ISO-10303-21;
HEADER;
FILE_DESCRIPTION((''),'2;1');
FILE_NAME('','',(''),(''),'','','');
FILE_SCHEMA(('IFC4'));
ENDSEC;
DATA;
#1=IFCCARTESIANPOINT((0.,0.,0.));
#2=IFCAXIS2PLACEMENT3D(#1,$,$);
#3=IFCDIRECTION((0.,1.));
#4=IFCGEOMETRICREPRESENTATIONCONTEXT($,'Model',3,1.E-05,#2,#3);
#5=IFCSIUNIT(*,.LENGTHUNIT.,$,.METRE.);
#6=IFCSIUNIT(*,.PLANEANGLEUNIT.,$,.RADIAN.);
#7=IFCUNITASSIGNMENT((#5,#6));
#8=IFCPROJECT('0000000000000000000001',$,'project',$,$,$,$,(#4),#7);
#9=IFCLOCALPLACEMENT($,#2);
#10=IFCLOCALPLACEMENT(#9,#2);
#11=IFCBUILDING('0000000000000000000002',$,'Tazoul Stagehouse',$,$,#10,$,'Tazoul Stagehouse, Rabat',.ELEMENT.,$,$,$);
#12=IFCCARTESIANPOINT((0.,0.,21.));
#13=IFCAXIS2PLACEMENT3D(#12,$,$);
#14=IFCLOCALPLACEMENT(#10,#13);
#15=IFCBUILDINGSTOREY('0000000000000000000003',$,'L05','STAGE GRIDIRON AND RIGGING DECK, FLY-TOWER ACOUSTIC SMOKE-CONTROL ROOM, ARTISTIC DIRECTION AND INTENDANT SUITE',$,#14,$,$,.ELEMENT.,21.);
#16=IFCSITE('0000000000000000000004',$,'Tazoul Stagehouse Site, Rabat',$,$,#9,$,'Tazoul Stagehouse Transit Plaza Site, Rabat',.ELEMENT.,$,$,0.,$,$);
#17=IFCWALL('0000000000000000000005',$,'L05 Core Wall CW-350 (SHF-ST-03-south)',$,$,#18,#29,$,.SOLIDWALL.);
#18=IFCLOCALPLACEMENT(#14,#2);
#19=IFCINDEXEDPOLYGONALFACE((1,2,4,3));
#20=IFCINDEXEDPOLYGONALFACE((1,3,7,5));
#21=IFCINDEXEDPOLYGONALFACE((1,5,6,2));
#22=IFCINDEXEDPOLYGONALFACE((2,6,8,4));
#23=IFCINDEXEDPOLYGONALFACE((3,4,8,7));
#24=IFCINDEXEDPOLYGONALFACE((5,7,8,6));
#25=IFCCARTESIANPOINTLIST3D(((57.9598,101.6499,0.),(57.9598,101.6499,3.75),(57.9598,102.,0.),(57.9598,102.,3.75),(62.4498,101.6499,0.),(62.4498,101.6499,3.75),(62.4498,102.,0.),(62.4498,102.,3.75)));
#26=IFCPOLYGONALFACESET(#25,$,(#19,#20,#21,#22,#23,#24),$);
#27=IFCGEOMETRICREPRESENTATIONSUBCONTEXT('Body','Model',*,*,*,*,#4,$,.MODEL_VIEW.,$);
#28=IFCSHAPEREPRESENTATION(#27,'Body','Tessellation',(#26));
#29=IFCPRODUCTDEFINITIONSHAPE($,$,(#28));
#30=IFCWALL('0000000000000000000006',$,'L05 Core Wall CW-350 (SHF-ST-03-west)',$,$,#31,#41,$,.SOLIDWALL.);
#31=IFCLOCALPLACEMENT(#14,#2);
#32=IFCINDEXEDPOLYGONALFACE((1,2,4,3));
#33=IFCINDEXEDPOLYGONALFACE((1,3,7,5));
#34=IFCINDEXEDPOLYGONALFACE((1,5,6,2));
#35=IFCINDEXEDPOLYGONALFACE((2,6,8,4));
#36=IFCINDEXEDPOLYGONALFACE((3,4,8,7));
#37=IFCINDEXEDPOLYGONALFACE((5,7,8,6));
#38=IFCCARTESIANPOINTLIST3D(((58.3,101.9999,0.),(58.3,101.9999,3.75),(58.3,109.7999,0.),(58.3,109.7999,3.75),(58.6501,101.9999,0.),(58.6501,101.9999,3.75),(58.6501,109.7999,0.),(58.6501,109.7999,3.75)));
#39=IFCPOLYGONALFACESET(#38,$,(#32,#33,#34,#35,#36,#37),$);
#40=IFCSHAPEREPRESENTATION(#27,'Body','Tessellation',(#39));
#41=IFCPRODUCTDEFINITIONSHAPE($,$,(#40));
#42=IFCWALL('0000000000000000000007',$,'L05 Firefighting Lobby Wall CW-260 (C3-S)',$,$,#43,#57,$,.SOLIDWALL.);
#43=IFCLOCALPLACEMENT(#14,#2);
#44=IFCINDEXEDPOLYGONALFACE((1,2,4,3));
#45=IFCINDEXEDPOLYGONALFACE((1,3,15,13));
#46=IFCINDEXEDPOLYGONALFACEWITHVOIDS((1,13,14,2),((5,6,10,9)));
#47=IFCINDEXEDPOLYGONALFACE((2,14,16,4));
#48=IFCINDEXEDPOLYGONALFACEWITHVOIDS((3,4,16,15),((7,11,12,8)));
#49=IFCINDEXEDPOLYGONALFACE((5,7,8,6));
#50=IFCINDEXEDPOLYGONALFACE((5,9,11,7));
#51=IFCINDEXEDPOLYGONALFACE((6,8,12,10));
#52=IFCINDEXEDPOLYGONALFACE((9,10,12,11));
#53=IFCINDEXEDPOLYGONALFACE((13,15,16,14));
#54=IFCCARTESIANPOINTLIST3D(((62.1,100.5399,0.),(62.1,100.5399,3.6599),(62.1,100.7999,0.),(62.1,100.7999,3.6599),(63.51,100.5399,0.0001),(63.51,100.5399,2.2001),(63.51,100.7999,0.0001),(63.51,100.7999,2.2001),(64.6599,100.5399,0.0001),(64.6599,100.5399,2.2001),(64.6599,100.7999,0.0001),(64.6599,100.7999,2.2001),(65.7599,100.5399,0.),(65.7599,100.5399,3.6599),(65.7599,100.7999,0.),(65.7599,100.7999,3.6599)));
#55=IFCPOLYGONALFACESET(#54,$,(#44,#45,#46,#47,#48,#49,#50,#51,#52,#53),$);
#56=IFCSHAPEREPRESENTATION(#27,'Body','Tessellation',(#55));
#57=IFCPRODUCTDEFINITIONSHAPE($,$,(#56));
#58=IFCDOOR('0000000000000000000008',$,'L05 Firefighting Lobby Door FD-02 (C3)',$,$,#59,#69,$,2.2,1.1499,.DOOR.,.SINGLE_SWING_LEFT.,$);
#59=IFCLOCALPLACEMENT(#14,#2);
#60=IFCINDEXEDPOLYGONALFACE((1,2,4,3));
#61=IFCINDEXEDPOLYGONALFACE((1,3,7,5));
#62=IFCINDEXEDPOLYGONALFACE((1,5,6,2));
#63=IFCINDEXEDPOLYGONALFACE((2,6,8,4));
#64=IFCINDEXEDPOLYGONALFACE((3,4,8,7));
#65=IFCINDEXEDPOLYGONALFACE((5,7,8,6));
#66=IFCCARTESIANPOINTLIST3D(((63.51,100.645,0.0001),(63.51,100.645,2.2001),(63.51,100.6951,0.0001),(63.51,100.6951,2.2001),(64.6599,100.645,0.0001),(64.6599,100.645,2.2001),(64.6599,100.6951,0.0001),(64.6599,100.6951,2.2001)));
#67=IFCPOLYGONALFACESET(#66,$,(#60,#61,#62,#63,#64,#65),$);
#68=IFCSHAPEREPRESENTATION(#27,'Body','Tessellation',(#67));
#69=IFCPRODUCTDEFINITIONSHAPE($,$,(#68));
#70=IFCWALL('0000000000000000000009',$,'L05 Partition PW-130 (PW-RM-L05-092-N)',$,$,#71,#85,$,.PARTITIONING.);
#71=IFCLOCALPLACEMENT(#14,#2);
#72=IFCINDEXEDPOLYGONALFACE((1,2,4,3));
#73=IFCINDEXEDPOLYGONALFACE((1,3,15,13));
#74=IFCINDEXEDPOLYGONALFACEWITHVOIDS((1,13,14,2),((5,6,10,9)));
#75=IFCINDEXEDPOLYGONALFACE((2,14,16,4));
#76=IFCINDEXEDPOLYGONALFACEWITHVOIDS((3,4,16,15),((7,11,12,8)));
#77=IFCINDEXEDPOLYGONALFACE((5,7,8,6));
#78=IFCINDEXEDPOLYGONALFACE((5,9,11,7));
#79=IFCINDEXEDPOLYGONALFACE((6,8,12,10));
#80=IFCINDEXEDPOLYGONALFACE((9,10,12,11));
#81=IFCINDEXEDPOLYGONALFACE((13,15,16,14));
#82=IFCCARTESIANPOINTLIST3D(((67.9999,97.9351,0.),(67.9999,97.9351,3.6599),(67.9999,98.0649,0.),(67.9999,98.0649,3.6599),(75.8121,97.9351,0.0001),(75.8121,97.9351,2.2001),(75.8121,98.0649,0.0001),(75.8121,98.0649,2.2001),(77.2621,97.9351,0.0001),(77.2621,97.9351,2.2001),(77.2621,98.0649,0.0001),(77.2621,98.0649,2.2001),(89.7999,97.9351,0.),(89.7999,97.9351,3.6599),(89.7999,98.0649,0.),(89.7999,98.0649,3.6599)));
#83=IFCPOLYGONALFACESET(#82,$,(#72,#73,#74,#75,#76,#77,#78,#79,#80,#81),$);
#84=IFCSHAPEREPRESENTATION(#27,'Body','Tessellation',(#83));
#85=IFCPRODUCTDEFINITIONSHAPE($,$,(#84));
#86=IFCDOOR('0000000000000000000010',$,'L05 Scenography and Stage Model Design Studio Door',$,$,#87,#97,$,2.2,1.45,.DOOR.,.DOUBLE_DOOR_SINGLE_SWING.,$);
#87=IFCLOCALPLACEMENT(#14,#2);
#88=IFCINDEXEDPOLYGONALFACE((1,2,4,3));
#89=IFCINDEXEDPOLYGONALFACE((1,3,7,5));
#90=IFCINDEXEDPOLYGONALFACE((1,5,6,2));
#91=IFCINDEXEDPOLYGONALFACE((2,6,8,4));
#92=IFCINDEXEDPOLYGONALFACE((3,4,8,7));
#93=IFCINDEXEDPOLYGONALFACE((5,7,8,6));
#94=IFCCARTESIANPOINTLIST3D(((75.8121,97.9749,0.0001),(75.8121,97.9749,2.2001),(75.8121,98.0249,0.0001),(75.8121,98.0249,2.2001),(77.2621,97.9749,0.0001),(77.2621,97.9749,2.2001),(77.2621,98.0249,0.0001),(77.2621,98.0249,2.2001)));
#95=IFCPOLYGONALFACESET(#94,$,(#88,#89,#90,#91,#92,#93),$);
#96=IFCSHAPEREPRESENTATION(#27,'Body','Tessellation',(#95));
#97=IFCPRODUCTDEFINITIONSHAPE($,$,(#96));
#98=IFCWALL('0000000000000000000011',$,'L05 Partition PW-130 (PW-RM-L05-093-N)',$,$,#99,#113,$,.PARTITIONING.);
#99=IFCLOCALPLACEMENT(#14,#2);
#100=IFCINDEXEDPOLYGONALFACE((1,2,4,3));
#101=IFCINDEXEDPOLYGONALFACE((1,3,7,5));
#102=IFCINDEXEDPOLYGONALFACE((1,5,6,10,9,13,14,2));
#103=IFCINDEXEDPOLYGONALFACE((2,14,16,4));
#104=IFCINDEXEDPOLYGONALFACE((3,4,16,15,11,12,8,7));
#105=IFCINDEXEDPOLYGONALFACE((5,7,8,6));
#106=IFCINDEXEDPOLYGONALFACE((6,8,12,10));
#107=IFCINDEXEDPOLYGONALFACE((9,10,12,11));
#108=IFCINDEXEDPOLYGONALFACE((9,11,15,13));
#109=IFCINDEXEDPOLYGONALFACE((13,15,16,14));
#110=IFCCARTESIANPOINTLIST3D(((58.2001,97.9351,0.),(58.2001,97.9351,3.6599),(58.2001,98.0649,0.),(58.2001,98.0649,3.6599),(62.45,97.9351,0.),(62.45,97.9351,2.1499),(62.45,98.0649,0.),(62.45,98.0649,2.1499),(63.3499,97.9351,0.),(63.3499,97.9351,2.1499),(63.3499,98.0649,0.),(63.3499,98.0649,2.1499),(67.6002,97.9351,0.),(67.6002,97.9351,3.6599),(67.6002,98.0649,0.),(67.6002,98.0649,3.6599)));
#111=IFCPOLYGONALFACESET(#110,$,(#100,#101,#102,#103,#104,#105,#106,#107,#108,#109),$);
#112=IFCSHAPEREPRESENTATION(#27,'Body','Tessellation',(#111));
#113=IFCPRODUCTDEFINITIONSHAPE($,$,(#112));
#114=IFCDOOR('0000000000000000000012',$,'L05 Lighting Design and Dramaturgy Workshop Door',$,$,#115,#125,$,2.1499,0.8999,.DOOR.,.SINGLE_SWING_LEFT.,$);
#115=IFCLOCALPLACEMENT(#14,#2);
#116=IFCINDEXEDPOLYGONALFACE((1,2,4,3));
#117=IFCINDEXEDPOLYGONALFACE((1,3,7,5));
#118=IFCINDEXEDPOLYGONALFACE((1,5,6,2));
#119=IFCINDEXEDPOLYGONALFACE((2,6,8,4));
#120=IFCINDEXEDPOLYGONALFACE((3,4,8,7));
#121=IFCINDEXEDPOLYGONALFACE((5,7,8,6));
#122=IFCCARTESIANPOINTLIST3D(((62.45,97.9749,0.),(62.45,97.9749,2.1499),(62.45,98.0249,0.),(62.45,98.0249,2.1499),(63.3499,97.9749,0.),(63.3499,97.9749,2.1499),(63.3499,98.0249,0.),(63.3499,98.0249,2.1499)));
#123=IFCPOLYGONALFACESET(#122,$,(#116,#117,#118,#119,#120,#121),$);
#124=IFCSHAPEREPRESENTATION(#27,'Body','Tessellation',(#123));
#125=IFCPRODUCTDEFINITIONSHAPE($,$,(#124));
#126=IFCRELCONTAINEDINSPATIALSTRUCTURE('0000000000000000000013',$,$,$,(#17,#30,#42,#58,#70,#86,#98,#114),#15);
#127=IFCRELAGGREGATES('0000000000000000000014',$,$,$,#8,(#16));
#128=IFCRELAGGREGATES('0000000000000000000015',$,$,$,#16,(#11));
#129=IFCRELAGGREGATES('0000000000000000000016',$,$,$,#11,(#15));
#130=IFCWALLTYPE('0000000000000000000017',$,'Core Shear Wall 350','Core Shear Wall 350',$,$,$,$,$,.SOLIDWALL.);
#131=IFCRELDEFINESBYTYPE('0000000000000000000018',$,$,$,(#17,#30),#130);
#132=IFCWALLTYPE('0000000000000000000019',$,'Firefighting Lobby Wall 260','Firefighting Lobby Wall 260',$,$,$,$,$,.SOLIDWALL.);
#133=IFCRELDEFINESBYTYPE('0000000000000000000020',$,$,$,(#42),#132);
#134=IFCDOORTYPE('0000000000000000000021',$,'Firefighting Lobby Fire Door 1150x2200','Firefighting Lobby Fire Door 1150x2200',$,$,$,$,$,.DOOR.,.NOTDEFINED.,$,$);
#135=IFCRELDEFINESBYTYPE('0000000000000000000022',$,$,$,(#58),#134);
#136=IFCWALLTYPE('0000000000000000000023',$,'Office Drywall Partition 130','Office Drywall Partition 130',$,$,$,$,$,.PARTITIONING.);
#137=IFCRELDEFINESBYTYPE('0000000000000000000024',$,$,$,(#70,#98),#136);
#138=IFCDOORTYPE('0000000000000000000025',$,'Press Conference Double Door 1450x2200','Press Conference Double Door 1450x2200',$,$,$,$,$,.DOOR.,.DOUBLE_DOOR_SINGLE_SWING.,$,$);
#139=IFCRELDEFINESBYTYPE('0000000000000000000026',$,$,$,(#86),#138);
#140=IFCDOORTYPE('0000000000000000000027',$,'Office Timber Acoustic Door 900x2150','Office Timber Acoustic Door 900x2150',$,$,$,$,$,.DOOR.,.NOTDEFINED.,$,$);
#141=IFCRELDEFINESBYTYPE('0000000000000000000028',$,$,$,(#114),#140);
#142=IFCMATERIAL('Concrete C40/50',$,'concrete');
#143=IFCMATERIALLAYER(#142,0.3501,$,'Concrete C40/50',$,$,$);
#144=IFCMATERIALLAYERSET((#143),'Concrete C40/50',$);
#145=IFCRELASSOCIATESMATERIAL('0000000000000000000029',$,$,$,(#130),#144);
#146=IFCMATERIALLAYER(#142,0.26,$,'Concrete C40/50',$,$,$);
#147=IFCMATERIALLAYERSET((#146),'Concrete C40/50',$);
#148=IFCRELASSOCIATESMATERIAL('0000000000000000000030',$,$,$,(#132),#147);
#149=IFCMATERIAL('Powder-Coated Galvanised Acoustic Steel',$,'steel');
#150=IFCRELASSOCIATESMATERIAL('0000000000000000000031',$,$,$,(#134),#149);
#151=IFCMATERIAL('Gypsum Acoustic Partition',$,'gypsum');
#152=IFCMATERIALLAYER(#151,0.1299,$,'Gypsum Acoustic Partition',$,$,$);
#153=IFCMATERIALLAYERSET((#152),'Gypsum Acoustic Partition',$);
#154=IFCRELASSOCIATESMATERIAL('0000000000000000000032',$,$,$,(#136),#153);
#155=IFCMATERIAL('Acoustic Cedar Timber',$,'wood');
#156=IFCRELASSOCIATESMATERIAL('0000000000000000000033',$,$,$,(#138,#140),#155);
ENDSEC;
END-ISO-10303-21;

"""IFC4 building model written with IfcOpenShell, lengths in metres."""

from ifc_helpers import new_model, si_unit, direction, frame, frame_2d, origin, place, context, subcontext, project, spatial, rectangle, extrude, material, layer, layer_set, type_object, element, fill, save


model = new_model("IFC4")

# Units and contexts
model_context = context("Model", 3, precision=1e-05, world=origin(), true_north=direction((0.0, 1.0)))
body_context = subcontext(model_context, "Body", "Model", "MODEL_VIEW")
ifc_project = project(units=[si_unit("LENGTHUNIT", "METRE"), si_unit("PLANEANGLEUNIT", "RADIAN")], contexts=[model_context])

# Site, building, storey
site_placement = place(None, origin())
site = spatial("IfcSite", under=ifc_project, at=site_placement, Name="Tazoul Stagehouse Site, Rabat", LongName="Tazoul Stagehouse Transit Plaza Site, Rabat", CompositionType="ELEMENT", RefElevation=0.0)
building_placement = place(site_placement, origin())
building = spatial("IfcBuilding", under=site, at=building_placement, Name="Tazoul Stagehouse", LongName="Tazoul Stagehouse, Rabat", CompositionType="ELEMENT")
storey_placement = place(building_placement, frame((0.0, 0.0, 21.0)))
storey = spatial("IfcBuildingStorey", under=building, at=storey_placement, Name="L05", Description="STAGE GRIDIRON AND RIGGING DECK, FLY-TOWER ACOUSTIC SMOKE-CONTROL ROOM, ARTISTIC DIRECTION AND INTENDANT SUITE", CompositionType="ELEMENT", Elevation=21.0)

# Walls
ifc_material_1 = material(Name="Concrete C40/50", Category="concrete")
ifc_layer_1 = layer(ifc_material_1, 0.3501, Name="Concrete C40/50")
ifc_layer_set_1 = layer_set([ifc_layer_1], Name="Concrete C40/50")
wall_type_1 = type_object("IfcWallType", Name="Core Shear Wall 350", Description="Core Shear Wall 350", PredefinedType="SOLIDWALL", material=ifc_layer_set_1)
wall_1_placement = place(storey_placement, frame((62.45, 101.825, 0.0), z_axis=(0.0, 0.0, 1.0), x_axis=(-1.0, 0.0, 0.0)))
element("IfcWall", 1, at=wall_1_placement, inside=storey, type_object=wall_type_1, Name="L05 Core Wall CW-350 (SHF-ST-03-south)", PredefinedType="SOLIDWALL", context=body_context, shape_type="SweptSolid", body=[
    extrude(rectangle(XDim=4.49, YDim=0.3501, at=frame_2d((2.2451, 0.0))), origin(), (0.0, 0.0, 1.0), 3.75),
])
wall_2_placement = place(storey_placement, frame((58.4751, 102.0, 0.0), z_axis=(0.0, 0.0, 1.0), x_axis=(0.0, 1.0, 0.0)))
element("IfcWall", 2, at=wall_2_placement, inside=storey, type_object=wall_type_1, Name="L05 Core Wall CW-350 (SHF-ST-03-west)", PredefinedType="SOLIDWALL", context=body_context, shape_type="SweptSolid", body=[
    extrude(rectangle(XDim=7.8, YDim=0.3501, at=frame_2d((3.8999, 0.0))), origin(), (0.0, 0.0, 1.0), 3.75),
])

# Walls, openings, doors
ifc_layer_2 = layer(ifc_material_1, 0.26, Name="Concrete C40/50")
ifc_layer_set_2 = layer_set([ifc_layer_2], Name="Concrete C40/50")
wall_type_2 = type_object("IfcWallType", Name="Firefighting Lobby Wall 260", Description="Firefighting Lobby Wall 260", PredefinedType="SOLIDWALL", material=ifc_layer_set_2)
wall_3_placement = place(storey_placement, frame((65.76, 100.6699, 0.0), z_axis=(0.0, 0.0, 1.0), x_axis=(-1.0, 0.0, 0.0)))
wall_3 = element("IfcWall", 3, at=wall_3_placement, inside=storey, type_object=wall_type_2, Name="L05 Firefighting Lobby Wall CW-260 (C3-S)", PredefinedType="SOLIDWALL", context=body_context, shape_type="SweptSolid", body=[
    extrude(rectangle(XDim=3.6599, YDim=0.26, at=frame_2d((1.8301, 0.0))), origin(), (0.0, 0.0, 1.0), 3.6599),
])
opening_1_placement = place(wall_3_placement, frame((1.1001, 0.0, 0.0)))
opening_1 = element("IfcOpeningElement", 4, at=opening_1_placement, cuts=wall_3, PredefinedType="OPENING", context=body_context, shape_type="SweptSolid", body=[
    extrude(rectangle(XDim=1.1499, YDim=2.2, at=frame_2d((0.575, 1.1001))), frame((0.0, 0.1499, 0.0), z_axis=(0.0, -1.0, 0.0), x_axis=(1.0, 0.0, 0.0)), (0.0, 0.0, 1.0), 0.3),
])
ifc_material_2 = material(Name="Powder-Coated Galvanised Acoustic Steel", Category="steel")
door_type_1 = type_object("IfcDoorType", Name="Firefighting Lobby Fire Door 1150x2200", Description="Firefighting Lobby Fire Door 1150x2200", OperationType="NOTDEFINED", PredefinedType="DOOR", material=ifc_material_2)
door_1_placement = place(opening_1_placement, origin())
door_1 = element("IfcDoor", 5, at=door_1_placement, inside=storey, type_object=door_type_1, Name="L05 Firefighting Lobby Door FD-02 (C3)", OperationType="SINGLE_SWING_LEFT", OverallHeight=2.2, OverallWidth=1.1499, PredefinedType="DOOR", context=body_context, shape_type="SweptSolid", body=[
    extrude(rectangle(XDim=1.1499, YDim=2.2, at=frame_2d((0.575, 1.1001))), frame((0.0, 0.0249, 0.0), z_axis=(0.0, -1.0, 0.0), x_axis=(1.0, 0.0, 0.0)), (0.0, 0.0, 1.0), 0.05),
])
fill(opening_1, door_1)
ifc_material_3 = material(Name="Gypsum Acoustic Partition", Category="gypsum")
ifc_layer_3 = layer(ifc_material_3, 0.1299, Name="Gypsum Acoustic Partition")
ifc_layer_set_3 = layer_set([ifc_layer_3], Name="Gypsum Acoustic Partition")
wall_type_3 = type_object("IfcWallType", Name="Office Drywall Partition 130", Description="Office Drywall Partition 130", PredefinedType="PARTITIONING", material=ifc_layer_set_3)
wall_4_placement = place(storey_placement, frame((68.0, 98.0, 0.0), z_axis=(0.0, 0.0, 1.0), x_axis=(1.0, 0.0, 0.0)))
wall_4 = element("IfcWall", 6, at=wall_4_placement, inside=storey, type_object=wall_type_3, Name="L05 Partition PW-130 (PW-RM-L05-092-N)", PredefinedType="PARTITIONING", context=body_context, shape_type="SweptSolid", body=[
    extrude(rectangle(XDim=21.8, YDim=0.1299, at=frame_2d((10.8999, 0.0))), origin(), (0.0, 0.0, 1.0), 3.6599),
])
opening_2_placement = place(wall_4_placement, frame((7.812, 0.0, 0.0)))
opening_2 = element("IfcOpeningElement", 7, at=opening_2_placement, cuts=wall_4, PredefinedType="OPENING", context=body_context, shape_type="SweptSolid", body=[
    extrude(rectangle(XDim=1.45, YDim=2.2, at=frame_2d((0.7251, 1.1001))), frame((0.0, 0.085, 0.0), z_axis=(0.0, -1.0, 0.0), x_axis=(1.0, 0.0, 0.0)), (0.0, 0.0, 1.0), 0.1699),
])
ifc_material_4 = material(Name="Acoustic Cedar Timber", Category="wood")
door_type_2 = type_object("IfcDoorType", Name="Press Conference Double Door 1450x2200", Description="Press Conference Double Door 1450x2200", OperationType="DOUBLE_DOOR_SINGLE_SWING", PredefinedType="DOOR", material=ifc_material_4)
door_2_placement = place(opening_2_placement, origin())
door_2 = element("IfcDoor", 8, at=door_2_placement, inside=storey, type_object=door_type_2, Name="L05 Scenography and Stage Model Design Studio Door", OperationType="DOUBLE_DOOR_SINGLE_SWING", OverallHeight=2.2, OverallWidth=1.45, PredefinedType="DOOR", context=body_context, shape_type="SweptSolid", body=[
    extrude(rectangle(XDim=1.45, YDim=2.2, at=frame_2d((0.7251, 1.1001))), frame((0.0, 0.0249, 0.0), z_axis=(0.0, -1.0, 0.0), x_axis=(1.0, 0.0, 0.0)), (0.0, 0.0, 1.0), 0.05),
])
fill(opening_2, door_2)
wall_5_placement = place(storey_placement, frame((58.2, 98.0, 0.0), z_axis=(0.0, 0.0, 1.0), x_axis=(1.0, 0.0, 0.0)))
wall_5 = element("IfcWall", 9, at=wall_5_placement, inside=storey, type_object=wall_type_3, Name="L05 Partition PW-130 (PW-RM-L05-093-N)", PredefinedType="PARTITIONING", context=body_context, shape_type="SweptSolid", body=[
    extrude(rectangle(XDim=9.4001, YDim=0.1299, at=frame_2d((4.7002, 0.0))), origin(), (0.0, 0.0, 1.0), 3.6599),
])
opening_3_placement = place(wall_5_placement, frame((4.25, 0.0, 0.0)))
opening_3 = element("IfcOpeningElement", 10, at=opening_3_placement, cuts=wall_5, PredefinedType="OPENING", context=body_context, shape_type="SweptSolid", body=[
    extrude(rectangle(XDim=0.8999, YDim=2.1499, at=frame_2d((0.45, 1.075))), frame((0.0, 0.085, 0.0), z_axis=(0.0, -1.0, 0.0), x_axis=(1.0, 0.0, 0.0)), (0.0, 0.0, 1.0), 0.1699),
])
door_type_3 = type_object("IfcDoorType", Name="Office Timber Acoustic Door 900x2150", Description="Office Timber Acoustic Door 900x2150", OperationType="NOTDEFINED", PredefinedType="DOOR", material=ifc_material_4)
door_3_placement = place(opening_3_placement, origin())
door_3 = element("IfcDoor", 11, at=door_3_placement, inside=storey, type_object=door_type_3, Name="L05 Lighting Design and Dramaturgy Workshop Door", OperationType="SINGLE_SWING_LEFT", OverallHeight=2.1499, OverallWidth=0.8999, PredefinedType="DOOR", context=body_context, shape_type="SweptSolid", body=[
    extrude(rectangle(XDim=0.8999, YDim=2.1499, at=frame_2d((0.45, 1.075))), frame((0.0, 0.0249, 0.0), z_axis=(0.0, -1.0, 0.0), x_axis=(1.0, 0.0, 0.0)), (0.0, 0.0, 1.0), 0.05),
])
fill(opening_3, door_3)

save(model, "model.ifc")
